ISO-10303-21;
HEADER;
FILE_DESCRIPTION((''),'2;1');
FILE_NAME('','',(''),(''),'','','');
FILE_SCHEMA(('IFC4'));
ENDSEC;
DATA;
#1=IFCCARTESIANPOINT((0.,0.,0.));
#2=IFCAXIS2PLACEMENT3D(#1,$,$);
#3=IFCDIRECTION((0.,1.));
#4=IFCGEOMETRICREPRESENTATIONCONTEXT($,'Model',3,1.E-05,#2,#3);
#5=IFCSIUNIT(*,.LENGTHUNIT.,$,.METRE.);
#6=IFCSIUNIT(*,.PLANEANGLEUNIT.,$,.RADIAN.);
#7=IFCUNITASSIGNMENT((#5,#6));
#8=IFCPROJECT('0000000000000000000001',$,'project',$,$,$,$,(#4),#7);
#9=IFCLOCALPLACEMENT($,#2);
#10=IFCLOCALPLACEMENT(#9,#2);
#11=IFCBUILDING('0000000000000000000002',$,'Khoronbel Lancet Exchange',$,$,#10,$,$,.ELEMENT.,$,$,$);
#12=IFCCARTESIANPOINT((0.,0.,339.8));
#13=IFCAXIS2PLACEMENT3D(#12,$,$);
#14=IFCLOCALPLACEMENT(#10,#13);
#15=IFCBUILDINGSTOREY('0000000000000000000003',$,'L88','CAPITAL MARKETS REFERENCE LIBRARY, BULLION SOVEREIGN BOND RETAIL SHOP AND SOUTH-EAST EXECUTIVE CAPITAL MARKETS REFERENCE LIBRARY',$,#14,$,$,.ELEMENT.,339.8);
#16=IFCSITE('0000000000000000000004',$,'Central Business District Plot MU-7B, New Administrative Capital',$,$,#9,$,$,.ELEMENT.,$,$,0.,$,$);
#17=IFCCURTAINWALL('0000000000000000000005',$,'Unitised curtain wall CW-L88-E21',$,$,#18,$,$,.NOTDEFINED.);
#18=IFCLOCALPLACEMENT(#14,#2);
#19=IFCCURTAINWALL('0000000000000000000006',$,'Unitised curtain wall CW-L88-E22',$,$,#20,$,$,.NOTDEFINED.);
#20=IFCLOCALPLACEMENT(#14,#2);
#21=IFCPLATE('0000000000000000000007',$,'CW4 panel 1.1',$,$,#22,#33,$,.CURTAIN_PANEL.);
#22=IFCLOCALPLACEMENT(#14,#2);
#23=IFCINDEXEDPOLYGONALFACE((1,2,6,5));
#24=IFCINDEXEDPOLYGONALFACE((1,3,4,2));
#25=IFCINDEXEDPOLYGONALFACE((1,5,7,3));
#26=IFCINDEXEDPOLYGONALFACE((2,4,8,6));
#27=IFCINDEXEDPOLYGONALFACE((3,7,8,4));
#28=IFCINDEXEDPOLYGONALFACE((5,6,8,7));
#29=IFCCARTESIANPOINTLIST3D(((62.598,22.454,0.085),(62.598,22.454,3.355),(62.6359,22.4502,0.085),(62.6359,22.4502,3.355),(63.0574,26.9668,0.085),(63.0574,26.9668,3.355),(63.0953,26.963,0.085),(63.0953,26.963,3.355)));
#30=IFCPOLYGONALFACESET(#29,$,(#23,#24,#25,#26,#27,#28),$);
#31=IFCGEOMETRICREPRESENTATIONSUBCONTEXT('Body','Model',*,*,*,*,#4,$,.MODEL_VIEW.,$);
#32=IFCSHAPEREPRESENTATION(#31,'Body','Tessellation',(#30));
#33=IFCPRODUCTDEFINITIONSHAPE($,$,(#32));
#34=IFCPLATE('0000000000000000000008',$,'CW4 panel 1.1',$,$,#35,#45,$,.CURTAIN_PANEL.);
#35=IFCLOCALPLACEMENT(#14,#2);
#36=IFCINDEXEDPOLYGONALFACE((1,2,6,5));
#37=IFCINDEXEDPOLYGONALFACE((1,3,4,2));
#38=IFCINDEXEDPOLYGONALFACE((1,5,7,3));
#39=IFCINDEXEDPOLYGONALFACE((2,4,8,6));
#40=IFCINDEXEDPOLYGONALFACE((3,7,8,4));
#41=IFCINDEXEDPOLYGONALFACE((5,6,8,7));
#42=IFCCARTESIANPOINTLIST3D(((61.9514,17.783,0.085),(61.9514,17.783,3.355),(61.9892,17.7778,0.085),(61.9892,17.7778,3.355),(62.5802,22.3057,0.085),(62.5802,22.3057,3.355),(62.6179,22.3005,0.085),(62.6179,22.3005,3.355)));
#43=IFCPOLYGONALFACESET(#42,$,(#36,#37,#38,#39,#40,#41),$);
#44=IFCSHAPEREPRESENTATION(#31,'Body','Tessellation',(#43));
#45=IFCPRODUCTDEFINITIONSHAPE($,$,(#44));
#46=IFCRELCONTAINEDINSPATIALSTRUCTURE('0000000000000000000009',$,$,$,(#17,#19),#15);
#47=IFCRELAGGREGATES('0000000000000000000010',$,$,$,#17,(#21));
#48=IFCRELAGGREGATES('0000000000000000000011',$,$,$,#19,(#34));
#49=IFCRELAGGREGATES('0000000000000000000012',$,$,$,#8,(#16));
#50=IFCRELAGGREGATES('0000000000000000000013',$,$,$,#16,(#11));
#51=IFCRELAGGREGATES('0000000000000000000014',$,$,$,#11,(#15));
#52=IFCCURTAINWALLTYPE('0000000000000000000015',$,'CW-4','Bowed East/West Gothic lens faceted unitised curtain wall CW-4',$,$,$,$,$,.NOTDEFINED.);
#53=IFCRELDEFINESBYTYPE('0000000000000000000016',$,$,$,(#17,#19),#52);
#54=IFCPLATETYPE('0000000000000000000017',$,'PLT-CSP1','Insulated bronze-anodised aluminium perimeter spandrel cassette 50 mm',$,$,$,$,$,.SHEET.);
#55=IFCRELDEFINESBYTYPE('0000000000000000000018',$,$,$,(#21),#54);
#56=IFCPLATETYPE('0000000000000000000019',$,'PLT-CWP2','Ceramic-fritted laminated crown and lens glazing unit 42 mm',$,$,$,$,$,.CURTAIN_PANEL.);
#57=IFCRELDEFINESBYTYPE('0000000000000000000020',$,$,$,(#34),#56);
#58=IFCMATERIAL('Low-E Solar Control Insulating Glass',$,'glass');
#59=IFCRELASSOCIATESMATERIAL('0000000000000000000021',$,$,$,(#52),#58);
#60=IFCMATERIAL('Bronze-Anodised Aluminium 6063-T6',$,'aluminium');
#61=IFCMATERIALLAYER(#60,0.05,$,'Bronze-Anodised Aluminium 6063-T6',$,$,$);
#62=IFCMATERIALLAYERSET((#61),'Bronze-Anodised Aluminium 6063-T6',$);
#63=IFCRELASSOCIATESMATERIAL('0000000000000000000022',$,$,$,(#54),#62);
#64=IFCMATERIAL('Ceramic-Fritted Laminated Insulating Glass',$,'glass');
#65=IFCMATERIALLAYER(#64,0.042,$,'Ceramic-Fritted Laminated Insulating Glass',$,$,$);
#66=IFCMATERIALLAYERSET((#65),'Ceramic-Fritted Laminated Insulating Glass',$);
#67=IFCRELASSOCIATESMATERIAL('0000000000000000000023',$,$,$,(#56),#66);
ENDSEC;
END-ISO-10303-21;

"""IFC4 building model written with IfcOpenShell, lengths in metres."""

from ifc_helpers import new_model, si_unit, direction, frame, origin, origin_2d, place, context, subcontext, project, spatial, rectangle, extrude, material, layer, layer_set, type_object, element, aggregate, save


model = new_model("IFC4")

# Units and contexts
model_context = context("Model", 3, precision=1e-05, world=origin(), true_north=direction((0.0, 1.0)))
body_context = subcontext(model_context, "Body", "Model", "MODEL_VIEW")
ifc_project = project(units=[si_unit("LENGTHUNIT", "METRE"), si_unit("PLANEANGLEUNIT", "RADIAN")], contexts=[model_context])

# Site, building, storey
site_placement = place(None, origin())
site = spatial("IfcSite", under=ifc_project, at=site_placement, Name="Central Business District Plot MU-7B, New Administrative Capital", CompositionType="ELEMENT", RefElevation=0.0)
building_placement = place(site_placement, origin())
building = spatial("IfcBuilding", under=site, at=building_placement, Name="Khoronbel Lancet Exchange", CompositionType="ELEMENT")
storey_placement = place(building_placement, frame((0.0, 0.0, 339.8)))
storey = spatial("IfcBuildingStorey", under=building, at=storey_placement, Name="L88", Description="CAPITAL MARKETS REFERENCE LIBRARY, BULLION SOVEREIGN BOND RETAIL SHOP AND SOUTH-EAST EXECUTIVE CAPITAL MARKETS REFERENCE LIBRARY", CompositionType="ELEMENT", Elevation=339.8)

# Shared definitions
ifc_material_1 = material(Name="Low-E Solar Control Insulating Glass", Category="glass")
curtain_wall_type = type_object("IfcCurtainWallType", Name="CW-4", Description="Bowed East/West Gothic lens faceted unitised curtain wall CW-4", PredefinedType="NOTDEFINED", material=ifc_material_1)
ifc_material_2 = material(Name="Bronze-Anodised Aluminium 6063-T6", Category="aluminium")

# Curtain walls
curtain_wall_1_placement = place(storey_placement, origin())
curtain_wall_1 = element("IfcCurtainWall", 1, at=curtain_wall_1_placement, inside=storey, type_object=curtain_wall_type, Name="Unitised curtain wall CW-L88-E21", PredefinedType="NOTDEFINED")
curtain_wall_2_placement = place(storey_placement, origin())
curtain_wall_2 = element("IfcCurtainWall", 2, at=curtain_wall_2_placement, inside=storey, type_object=curtain_wall_type, Name="Unitised curtain wall CW-L88-E22", PredefinedType="NOTDEFINED")

# Plates
ifc_layer_1 = layer(ifc_material_2, 0.05, Name="Bronze-Anodised Aluminium 6063-T6")
ifc_layer_set_1 = layer_set([ifc_layer_1], Name="Bronze-Anodised Aluminium 6063-T6")
plate_type_1 = type_object("IfcPlateType", Name="PLT-CSP1", Description="Insulated bronze-anodised aluminium perimeter spandrel cassette 50 mm", PredefinedType="SHEET", material=ifc_layer_set_1)
plate_1_placement = place(storey_placement, frame((62.8467, 24.7085, 0.085), z_axis=(0.0, 0.0, 1.0), x_axis=(-0.101278, -0.994858, 0.0)))
plate_1 = element("IfcPlate", 3, at=plate_1_placement, type_object=plate_type_1, Name="CW4 panel 1.1", PredefinedType="CURTAIN_PANEL", context=body_context, shape_type="SweptSolid", body=[
    extrude(rectangle(XDim=4.5361, YDim=0.0381, at=origin_2d()), origin(), (0.0, 0.0, 1.0), 3.27),
])
aggregate(curtain_wall_1, [plate_1])
ifc_material_3 = material(Name="Ceramic-Fritted Laminated Insulating Glass", Category="glass")
ifc_layer_2 = layer(ifc_material_3, 0.042, Name="Ceramic-Fritted Laminated Insulating Glass")
ifc_layer_set_2 = layer_set([ifc_layer_2], Name="Ceramic-Fritted Laminated Insulating Glass")
plate_type_2 = type_object("IfcPlateType", Name="PLT-CWP2", Description="Ceramic-fritted laminated crown and lens glazing unit 42 mm", PredefinedType="CURTAIN_PANEL", material=ifc_layer_set_2)
plate_2_placement = place(storey_placement, frame((62.2847, 20.0417, 0.085), z_axis=(0.0, 0.0, 1.0), x_axis=(-0.137695, -0.990475, 0.0)))
plate_2 = element("IfcPlate", 4, at=plate_2_placement, type_object=plate_type_2, Name="CW4 panel 1.1", PredefinedType="CURTAIN_PANEL", context=body_context, shape_type="SweptSolid", body=[
    extrude(rectangle(XDim=4.5662, YDim=0.0381, at=origin_2d()), origin(), (0.0, 0.0, 1.0), 3.27),
])
aggregate(curtain_wall_2, [plate_2])

save(model, "model.ifc")
